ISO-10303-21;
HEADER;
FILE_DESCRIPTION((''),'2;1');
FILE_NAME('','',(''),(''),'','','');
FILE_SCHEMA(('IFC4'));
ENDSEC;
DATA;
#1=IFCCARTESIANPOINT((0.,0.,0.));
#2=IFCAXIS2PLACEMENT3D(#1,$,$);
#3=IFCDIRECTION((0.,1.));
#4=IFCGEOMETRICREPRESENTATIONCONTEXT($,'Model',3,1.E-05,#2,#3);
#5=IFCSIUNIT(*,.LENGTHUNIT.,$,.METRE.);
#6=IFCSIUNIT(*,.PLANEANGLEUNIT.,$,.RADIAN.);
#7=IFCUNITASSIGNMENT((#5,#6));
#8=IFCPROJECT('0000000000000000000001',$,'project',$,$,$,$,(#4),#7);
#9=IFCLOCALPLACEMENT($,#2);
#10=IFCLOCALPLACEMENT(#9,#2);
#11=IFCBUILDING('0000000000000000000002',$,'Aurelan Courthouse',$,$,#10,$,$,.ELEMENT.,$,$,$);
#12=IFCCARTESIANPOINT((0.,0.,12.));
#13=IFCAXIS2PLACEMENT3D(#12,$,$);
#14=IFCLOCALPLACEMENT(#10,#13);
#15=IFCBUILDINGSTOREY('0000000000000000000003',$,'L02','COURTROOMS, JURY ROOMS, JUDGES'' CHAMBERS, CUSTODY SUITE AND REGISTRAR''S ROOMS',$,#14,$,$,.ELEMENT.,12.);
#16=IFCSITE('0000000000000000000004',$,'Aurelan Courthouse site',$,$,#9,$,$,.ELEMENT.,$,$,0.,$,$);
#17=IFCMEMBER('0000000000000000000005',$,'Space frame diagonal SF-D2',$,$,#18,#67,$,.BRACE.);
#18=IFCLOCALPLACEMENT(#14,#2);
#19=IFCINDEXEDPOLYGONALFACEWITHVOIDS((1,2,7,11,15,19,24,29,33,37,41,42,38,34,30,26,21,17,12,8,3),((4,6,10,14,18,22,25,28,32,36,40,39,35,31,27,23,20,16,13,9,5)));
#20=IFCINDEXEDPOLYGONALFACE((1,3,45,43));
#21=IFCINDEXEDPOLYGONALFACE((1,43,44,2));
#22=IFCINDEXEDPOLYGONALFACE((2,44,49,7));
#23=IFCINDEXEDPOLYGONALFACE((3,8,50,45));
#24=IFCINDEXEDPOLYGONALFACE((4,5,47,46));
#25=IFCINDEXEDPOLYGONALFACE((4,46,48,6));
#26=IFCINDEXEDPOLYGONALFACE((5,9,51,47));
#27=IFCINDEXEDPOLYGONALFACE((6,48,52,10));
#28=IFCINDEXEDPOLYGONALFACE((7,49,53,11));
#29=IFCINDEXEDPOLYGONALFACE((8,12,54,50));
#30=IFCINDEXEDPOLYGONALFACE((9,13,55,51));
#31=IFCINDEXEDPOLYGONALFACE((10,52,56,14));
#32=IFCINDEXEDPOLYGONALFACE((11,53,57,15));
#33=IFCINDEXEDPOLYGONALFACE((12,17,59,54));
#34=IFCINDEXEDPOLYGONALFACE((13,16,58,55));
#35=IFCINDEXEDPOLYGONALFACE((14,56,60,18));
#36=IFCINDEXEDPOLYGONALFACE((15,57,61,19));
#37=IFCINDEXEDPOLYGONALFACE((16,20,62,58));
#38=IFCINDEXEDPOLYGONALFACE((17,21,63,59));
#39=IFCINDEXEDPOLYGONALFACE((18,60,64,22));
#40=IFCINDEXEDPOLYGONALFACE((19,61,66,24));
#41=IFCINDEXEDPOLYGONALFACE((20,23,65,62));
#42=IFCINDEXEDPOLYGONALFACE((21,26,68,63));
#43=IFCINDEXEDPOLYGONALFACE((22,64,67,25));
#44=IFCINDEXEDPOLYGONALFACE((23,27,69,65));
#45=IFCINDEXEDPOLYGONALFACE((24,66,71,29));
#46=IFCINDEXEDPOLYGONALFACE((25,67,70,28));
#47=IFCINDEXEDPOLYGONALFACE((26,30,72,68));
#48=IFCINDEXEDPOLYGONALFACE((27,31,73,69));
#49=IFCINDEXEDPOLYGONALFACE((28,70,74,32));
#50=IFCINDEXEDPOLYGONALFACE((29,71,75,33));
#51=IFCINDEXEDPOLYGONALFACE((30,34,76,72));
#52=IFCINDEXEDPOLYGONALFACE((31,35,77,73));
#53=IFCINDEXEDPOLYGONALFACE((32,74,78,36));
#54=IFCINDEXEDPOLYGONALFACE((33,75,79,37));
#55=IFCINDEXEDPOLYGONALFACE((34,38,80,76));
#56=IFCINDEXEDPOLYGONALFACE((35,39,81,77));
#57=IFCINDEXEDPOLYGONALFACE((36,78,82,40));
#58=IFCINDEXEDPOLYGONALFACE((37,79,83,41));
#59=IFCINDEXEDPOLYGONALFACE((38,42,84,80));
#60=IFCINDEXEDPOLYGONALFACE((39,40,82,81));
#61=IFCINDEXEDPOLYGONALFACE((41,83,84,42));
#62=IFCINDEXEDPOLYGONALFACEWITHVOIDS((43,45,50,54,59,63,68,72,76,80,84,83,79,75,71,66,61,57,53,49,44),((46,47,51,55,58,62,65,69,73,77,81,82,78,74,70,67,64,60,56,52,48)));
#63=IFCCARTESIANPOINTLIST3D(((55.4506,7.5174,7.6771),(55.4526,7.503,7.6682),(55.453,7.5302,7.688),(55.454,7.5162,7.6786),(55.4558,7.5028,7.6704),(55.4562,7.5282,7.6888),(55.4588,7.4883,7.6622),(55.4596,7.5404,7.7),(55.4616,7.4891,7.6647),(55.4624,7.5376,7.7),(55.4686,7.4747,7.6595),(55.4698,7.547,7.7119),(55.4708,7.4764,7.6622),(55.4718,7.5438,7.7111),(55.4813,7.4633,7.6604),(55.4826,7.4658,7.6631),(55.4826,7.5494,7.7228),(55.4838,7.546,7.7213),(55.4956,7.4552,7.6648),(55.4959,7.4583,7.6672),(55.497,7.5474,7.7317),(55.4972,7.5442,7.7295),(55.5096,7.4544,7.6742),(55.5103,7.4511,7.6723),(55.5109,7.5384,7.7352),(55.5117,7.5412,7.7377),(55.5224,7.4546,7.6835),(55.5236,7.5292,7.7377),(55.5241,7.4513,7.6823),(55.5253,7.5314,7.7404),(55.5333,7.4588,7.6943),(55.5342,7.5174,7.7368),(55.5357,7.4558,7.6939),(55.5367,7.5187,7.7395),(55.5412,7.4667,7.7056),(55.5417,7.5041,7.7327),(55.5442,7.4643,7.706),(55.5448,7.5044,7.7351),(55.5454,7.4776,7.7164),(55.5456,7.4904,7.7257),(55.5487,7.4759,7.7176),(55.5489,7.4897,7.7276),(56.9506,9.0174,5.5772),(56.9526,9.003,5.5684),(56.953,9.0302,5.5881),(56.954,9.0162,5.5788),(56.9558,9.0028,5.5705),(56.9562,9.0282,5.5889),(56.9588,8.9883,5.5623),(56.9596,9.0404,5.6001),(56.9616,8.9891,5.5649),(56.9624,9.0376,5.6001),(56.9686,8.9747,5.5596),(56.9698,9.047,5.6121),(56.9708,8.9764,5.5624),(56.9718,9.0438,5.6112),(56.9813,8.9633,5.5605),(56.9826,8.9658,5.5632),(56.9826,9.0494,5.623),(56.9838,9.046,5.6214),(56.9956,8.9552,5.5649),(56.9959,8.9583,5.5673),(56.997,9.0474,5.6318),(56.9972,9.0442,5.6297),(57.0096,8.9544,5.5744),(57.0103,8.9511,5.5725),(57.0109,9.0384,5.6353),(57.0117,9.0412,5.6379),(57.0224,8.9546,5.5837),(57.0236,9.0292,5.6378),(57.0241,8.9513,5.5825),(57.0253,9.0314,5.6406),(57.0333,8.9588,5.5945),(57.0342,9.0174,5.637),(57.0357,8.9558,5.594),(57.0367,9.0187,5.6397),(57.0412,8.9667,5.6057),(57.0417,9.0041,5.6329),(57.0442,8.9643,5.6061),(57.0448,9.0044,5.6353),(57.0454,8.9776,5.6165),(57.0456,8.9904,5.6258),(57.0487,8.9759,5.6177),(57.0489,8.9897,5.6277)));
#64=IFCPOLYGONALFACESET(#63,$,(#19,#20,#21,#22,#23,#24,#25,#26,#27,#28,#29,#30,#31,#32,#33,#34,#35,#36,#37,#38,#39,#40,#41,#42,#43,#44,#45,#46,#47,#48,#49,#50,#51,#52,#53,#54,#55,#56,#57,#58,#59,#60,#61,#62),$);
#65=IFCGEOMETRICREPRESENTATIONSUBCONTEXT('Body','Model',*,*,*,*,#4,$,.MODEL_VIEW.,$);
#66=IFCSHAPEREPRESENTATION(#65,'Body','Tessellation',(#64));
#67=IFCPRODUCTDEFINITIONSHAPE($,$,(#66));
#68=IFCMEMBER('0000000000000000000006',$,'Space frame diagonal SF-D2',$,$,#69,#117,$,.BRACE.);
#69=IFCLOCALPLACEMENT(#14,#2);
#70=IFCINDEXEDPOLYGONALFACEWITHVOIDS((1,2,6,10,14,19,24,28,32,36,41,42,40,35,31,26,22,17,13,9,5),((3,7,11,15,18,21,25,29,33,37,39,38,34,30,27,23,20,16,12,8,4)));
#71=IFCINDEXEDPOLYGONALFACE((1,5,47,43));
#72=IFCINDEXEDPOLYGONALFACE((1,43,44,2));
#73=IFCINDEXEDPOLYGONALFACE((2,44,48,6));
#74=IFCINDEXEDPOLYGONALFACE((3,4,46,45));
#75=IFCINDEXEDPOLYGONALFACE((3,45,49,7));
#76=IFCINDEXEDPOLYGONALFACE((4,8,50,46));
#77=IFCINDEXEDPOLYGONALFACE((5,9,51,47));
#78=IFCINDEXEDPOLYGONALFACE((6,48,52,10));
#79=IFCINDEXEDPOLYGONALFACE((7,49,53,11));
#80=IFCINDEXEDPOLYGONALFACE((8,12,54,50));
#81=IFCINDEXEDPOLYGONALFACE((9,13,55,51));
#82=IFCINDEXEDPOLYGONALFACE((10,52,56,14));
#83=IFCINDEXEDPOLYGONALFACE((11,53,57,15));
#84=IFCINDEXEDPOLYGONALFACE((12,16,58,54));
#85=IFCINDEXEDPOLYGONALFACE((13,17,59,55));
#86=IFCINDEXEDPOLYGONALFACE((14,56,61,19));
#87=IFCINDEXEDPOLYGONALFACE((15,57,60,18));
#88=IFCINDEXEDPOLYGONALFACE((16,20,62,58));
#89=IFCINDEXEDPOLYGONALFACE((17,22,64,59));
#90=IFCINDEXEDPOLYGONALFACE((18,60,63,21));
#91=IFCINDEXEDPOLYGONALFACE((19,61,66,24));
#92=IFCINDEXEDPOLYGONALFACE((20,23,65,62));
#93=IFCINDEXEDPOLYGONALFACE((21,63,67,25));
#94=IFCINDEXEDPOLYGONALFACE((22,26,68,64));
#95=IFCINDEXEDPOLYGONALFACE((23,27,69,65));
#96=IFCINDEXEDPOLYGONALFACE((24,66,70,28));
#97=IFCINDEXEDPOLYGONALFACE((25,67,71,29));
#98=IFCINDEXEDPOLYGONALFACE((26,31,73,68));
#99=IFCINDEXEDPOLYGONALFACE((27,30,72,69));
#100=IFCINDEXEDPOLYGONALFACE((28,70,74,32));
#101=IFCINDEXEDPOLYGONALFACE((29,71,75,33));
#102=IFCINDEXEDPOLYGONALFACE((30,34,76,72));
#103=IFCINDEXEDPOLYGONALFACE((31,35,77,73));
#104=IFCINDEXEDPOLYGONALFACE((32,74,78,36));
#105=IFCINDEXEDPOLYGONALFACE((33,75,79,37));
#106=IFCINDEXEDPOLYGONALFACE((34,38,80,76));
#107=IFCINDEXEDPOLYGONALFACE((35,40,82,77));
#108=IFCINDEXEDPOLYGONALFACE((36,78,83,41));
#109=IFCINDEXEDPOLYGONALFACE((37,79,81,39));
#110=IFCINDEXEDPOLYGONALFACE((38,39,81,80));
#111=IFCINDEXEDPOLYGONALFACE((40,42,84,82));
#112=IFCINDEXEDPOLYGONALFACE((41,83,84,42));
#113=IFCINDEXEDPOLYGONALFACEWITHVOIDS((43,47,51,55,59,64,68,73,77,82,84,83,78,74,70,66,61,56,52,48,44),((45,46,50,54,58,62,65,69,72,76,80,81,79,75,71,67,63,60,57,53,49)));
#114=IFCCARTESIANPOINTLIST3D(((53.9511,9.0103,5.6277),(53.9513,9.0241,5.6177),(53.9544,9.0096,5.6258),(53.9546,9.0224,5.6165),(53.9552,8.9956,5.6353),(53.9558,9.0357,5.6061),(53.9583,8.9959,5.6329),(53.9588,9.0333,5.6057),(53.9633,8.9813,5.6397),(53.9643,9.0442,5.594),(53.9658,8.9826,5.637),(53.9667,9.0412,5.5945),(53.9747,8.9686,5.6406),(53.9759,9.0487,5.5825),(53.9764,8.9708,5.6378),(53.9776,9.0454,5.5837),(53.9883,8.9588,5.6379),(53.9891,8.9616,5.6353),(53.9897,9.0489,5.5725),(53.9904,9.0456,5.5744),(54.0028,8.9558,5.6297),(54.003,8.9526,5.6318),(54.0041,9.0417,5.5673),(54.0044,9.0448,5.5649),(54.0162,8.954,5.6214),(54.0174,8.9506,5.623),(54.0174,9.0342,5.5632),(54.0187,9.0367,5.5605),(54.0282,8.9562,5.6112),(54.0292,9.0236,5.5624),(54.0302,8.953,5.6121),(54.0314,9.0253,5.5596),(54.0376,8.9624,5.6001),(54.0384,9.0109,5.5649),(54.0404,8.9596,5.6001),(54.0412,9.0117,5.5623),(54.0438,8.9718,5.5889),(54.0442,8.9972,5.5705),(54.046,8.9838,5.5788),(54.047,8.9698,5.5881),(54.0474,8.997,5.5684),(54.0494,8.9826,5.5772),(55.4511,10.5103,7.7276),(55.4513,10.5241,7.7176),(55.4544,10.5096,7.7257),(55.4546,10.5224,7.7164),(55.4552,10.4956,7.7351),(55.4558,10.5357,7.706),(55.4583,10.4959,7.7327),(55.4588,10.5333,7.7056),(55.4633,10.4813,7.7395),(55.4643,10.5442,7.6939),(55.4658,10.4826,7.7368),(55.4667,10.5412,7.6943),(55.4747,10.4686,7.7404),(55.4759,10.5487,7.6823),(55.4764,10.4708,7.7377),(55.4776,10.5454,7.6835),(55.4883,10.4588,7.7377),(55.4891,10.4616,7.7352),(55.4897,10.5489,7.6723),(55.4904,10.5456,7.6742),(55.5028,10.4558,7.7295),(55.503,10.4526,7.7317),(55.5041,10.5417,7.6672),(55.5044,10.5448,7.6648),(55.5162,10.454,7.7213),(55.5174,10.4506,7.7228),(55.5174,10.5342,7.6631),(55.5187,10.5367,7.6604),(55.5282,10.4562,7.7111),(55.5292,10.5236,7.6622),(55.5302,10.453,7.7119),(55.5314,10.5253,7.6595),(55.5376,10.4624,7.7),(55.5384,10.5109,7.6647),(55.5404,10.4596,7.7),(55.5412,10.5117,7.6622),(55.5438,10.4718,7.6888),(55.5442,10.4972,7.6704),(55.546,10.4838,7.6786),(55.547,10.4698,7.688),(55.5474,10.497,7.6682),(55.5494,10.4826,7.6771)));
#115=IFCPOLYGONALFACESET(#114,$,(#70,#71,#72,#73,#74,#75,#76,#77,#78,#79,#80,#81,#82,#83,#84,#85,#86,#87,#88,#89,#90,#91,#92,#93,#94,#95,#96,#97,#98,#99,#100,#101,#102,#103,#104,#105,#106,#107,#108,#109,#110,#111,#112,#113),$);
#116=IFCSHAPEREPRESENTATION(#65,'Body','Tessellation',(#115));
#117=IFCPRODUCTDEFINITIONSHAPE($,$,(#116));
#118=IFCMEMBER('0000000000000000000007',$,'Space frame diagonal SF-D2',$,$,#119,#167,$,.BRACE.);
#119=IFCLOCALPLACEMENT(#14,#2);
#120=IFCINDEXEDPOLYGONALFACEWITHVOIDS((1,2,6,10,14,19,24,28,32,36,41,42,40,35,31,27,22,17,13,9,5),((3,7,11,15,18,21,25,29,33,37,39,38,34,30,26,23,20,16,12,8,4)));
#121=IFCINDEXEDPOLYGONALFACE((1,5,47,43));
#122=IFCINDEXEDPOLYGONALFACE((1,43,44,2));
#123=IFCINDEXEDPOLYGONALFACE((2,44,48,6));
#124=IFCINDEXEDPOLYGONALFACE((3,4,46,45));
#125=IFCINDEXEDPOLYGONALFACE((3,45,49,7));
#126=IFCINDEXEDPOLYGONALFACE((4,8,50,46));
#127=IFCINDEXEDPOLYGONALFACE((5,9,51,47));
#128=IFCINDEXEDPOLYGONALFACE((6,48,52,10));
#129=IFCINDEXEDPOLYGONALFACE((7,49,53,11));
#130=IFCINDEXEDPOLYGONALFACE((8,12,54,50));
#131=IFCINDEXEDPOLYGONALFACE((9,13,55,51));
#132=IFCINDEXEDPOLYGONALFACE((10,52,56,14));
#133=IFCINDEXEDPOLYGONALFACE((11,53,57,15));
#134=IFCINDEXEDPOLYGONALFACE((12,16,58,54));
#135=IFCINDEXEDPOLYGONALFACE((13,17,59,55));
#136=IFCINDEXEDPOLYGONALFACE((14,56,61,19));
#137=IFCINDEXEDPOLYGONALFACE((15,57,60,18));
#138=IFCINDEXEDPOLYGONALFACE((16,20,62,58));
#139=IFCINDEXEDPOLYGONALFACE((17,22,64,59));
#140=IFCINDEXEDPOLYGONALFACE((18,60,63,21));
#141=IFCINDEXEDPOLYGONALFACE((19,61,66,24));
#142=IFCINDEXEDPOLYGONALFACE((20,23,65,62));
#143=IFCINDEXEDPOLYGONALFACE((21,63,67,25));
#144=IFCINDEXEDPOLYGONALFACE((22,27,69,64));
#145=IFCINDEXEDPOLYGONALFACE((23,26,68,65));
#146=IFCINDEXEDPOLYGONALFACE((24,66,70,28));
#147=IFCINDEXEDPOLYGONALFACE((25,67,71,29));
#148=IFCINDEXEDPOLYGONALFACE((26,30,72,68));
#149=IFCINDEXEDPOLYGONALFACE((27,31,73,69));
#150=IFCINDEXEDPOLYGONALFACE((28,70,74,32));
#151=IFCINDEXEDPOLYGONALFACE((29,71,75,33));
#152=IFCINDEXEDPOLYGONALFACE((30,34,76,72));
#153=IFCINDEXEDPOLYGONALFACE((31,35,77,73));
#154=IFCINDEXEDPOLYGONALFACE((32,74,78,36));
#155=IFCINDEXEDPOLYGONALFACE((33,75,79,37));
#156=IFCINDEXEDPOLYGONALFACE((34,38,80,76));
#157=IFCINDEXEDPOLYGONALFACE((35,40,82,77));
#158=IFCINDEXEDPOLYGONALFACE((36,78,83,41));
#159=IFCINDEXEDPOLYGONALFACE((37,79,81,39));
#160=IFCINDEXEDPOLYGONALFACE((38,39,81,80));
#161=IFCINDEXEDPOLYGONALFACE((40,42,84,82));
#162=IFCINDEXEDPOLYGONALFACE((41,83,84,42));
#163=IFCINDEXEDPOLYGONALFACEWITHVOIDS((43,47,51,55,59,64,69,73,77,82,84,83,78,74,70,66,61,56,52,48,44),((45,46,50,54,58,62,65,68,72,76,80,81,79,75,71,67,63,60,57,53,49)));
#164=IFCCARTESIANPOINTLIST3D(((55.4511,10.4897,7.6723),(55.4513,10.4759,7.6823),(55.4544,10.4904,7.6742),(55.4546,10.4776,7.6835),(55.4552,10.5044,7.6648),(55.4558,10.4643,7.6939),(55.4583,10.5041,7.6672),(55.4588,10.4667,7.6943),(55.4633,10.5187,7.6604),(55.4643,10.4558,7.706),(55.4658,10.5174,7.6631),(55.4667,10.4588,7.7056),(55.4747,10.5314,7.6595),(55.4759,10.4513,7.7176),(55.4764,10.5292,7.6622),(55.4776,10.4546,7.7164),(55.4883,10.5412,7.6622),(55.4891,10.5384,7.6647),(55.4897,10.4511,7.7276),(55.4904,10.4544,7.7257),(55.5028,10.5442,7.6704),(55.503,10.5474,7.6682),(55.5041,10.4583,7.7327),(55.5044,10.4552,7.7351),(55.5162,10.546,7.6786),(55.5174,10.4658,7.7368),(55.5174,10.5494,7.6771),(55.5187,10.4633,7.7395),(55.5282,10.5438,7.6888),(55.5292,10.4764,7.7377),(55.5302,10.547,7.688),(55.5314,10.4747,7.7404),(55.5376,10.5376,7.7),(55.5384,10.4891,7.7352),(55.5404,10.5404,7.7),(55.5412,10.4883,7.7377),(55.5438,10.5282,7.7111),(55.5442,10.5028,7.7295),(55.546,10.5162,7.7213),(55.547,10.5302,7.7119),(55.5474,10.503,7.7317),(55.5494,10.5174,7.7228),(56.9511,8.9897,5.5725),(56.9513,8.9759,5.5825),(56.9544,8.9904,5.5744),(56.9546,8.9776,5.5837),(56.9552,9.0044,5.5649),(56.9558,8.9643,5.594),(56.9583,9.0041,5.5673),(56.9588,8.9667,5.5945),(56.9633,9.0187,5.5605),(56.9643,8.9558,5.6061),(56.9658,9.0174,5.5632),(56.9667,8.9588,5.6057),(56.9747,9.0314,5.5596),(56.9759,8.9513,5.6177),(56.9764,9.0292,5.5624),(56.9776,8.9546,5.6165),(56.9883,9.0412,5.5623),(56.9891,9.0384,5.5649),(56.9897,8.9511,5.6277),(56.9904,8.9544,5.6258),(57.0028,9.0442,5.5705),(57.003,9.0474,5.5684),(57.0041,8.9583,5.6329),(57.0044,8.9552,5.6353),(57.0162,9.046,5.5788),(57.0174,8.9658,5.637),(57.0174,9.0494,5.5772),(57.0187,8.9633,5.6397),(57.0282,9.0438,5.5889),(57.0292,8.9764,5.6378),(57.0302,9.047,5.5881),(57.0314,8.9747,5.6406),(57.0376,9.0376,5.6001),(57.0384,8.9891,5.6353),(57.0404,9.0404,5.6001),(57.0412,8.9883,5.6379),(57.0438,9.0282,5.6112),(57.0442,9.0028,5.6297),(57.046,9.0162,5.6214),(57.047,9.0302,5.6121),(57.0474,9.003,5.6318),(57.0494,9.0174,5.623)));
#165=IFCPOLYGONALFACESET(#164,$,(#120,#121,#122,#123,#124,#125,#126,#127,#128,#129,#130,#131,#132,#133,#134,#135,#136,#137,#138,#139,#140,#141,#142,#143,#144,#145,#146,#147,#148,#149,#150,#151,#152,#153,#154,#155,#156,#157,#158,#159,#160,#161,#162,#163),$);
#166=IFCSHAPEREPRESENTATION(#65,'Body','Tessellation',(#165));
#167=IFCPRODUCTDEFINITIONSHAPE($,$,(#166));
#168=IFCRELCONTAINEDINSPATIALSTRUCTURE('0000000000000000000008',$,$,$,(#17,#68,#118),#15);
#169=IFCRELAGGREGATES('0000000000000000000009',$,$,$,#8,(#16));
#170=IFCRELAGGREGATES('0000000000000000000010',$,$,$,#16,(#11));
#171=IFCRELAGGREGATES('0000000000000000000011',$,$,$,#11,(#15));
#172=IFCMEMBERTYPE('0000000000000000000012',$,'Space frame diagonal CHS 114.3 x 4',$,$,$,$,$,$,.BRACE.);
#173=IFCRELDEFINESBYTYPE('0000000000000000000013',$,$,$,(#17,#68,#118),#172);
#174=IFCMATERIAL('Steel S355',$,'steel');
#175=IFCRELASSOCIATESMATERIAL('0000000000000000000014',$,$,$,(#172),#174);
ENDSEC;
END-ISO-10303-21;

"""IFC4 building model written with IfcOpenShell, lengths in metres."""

from ifc_helpers import new_model, si_unit, direction, frame, origin, origin_2d, place, context, subcontext, project, spatial, hollow_circle, extrude, material, material_profile, profile_set, type_object, element, save


model = new_model("IFC4")

# Units and contexts
model_context = context("Model", 3, precision=1e-05, world=origin(), true_north=direction((0.0, 1.0)))
body_context = subcontext(model_context, "Body", "Model", "MODEL_VIEW")
ifc_project = project(units=[si_unit("LENGTHUNIT", "METRE"), si_unit("PLANEANGLEUNIT", "RADIAN")], contexts=[model_context])

# Site, building, storey
site_placement = place(None, origin())
site = spatial("IfcSite", under=ifc_project, at=site_placement, Name="Aurelan Courthouse site", CompositionType="ELEMENT", RefElevation=0.0)
building_placement = place(site_placement, origin())
building = spatial("IfcBuilding", under=site, at=building_placement, Name="Aurelan Courthouse", CompositionType="ELEMENT")
storey_placement = place(building_placement, frame((0.0, 0.0, 12.0)))
storey = spatial("IfcBuildingStorey", under=building, at=storey_placement, Name="L02", Description="COURTROOMS, JURY ROOMS, JUDGES' CHAMBERS, CUSTODY SUITE AND REGISTRAR'S ROOMS", CompositionType="ELEMENT", Elevation=12.0)

# Members
ifc_material_1 = material(Name="Steel S355", Category="steel")
ifc_material_profile_1 = material_profile(ifc_material_1, hollow_circle(Radius=0.0571, WallThickness=0.0039, at=origin_2d()), Name="CHS 114.3 x 4")
ifc_profile_set_1 = profile_set([ifc_material_profile_1], Name="Steel S355")
member_type_1 = type_object("IfcMemberType", Name="Space frame diagonal CHS 114.3 x 4", PredefinedType="BRACE", material=ifc_profile_set_1)
for number, where, z_axis, x_axis, name in (
    (1, (55.5, 7.5, 7.7), (0.502536, 0.502536, -0.703502), (-0.707107, 0.707107, 0.0), "Space frame diagonal SF-D2"),
    (2, (55.5, 10.5, 7.7), (-0.502536, -0.502536, -0.703502), (0.707107, -0.707107, 0.0), "Space frame diagonal SF-D2"),
    (3, (55.5, 10.5, 7.7), (0.502536, -0.502536, -0.703502), (0.707107, 0.707107, 0.0), "Space frame diagonal SF-D2"),
):
    element("IfcMember", number, at=place(storey_placement, frame(where, z_axis=z_axis, x_axis=x_axis)), inside=storey, type_object=member_type_1, Name=name, PredefinedType="BRACE", context=body_context, shape_type="SweptSolid", body=[
        extrude(hollow_circle(Radius=0.0571, WallThickness=0.0039, at=origin_2d()), origin(), (0.0, 0.0, 1.0), 2.9849),
    ])

save(model, "model.ifc")
